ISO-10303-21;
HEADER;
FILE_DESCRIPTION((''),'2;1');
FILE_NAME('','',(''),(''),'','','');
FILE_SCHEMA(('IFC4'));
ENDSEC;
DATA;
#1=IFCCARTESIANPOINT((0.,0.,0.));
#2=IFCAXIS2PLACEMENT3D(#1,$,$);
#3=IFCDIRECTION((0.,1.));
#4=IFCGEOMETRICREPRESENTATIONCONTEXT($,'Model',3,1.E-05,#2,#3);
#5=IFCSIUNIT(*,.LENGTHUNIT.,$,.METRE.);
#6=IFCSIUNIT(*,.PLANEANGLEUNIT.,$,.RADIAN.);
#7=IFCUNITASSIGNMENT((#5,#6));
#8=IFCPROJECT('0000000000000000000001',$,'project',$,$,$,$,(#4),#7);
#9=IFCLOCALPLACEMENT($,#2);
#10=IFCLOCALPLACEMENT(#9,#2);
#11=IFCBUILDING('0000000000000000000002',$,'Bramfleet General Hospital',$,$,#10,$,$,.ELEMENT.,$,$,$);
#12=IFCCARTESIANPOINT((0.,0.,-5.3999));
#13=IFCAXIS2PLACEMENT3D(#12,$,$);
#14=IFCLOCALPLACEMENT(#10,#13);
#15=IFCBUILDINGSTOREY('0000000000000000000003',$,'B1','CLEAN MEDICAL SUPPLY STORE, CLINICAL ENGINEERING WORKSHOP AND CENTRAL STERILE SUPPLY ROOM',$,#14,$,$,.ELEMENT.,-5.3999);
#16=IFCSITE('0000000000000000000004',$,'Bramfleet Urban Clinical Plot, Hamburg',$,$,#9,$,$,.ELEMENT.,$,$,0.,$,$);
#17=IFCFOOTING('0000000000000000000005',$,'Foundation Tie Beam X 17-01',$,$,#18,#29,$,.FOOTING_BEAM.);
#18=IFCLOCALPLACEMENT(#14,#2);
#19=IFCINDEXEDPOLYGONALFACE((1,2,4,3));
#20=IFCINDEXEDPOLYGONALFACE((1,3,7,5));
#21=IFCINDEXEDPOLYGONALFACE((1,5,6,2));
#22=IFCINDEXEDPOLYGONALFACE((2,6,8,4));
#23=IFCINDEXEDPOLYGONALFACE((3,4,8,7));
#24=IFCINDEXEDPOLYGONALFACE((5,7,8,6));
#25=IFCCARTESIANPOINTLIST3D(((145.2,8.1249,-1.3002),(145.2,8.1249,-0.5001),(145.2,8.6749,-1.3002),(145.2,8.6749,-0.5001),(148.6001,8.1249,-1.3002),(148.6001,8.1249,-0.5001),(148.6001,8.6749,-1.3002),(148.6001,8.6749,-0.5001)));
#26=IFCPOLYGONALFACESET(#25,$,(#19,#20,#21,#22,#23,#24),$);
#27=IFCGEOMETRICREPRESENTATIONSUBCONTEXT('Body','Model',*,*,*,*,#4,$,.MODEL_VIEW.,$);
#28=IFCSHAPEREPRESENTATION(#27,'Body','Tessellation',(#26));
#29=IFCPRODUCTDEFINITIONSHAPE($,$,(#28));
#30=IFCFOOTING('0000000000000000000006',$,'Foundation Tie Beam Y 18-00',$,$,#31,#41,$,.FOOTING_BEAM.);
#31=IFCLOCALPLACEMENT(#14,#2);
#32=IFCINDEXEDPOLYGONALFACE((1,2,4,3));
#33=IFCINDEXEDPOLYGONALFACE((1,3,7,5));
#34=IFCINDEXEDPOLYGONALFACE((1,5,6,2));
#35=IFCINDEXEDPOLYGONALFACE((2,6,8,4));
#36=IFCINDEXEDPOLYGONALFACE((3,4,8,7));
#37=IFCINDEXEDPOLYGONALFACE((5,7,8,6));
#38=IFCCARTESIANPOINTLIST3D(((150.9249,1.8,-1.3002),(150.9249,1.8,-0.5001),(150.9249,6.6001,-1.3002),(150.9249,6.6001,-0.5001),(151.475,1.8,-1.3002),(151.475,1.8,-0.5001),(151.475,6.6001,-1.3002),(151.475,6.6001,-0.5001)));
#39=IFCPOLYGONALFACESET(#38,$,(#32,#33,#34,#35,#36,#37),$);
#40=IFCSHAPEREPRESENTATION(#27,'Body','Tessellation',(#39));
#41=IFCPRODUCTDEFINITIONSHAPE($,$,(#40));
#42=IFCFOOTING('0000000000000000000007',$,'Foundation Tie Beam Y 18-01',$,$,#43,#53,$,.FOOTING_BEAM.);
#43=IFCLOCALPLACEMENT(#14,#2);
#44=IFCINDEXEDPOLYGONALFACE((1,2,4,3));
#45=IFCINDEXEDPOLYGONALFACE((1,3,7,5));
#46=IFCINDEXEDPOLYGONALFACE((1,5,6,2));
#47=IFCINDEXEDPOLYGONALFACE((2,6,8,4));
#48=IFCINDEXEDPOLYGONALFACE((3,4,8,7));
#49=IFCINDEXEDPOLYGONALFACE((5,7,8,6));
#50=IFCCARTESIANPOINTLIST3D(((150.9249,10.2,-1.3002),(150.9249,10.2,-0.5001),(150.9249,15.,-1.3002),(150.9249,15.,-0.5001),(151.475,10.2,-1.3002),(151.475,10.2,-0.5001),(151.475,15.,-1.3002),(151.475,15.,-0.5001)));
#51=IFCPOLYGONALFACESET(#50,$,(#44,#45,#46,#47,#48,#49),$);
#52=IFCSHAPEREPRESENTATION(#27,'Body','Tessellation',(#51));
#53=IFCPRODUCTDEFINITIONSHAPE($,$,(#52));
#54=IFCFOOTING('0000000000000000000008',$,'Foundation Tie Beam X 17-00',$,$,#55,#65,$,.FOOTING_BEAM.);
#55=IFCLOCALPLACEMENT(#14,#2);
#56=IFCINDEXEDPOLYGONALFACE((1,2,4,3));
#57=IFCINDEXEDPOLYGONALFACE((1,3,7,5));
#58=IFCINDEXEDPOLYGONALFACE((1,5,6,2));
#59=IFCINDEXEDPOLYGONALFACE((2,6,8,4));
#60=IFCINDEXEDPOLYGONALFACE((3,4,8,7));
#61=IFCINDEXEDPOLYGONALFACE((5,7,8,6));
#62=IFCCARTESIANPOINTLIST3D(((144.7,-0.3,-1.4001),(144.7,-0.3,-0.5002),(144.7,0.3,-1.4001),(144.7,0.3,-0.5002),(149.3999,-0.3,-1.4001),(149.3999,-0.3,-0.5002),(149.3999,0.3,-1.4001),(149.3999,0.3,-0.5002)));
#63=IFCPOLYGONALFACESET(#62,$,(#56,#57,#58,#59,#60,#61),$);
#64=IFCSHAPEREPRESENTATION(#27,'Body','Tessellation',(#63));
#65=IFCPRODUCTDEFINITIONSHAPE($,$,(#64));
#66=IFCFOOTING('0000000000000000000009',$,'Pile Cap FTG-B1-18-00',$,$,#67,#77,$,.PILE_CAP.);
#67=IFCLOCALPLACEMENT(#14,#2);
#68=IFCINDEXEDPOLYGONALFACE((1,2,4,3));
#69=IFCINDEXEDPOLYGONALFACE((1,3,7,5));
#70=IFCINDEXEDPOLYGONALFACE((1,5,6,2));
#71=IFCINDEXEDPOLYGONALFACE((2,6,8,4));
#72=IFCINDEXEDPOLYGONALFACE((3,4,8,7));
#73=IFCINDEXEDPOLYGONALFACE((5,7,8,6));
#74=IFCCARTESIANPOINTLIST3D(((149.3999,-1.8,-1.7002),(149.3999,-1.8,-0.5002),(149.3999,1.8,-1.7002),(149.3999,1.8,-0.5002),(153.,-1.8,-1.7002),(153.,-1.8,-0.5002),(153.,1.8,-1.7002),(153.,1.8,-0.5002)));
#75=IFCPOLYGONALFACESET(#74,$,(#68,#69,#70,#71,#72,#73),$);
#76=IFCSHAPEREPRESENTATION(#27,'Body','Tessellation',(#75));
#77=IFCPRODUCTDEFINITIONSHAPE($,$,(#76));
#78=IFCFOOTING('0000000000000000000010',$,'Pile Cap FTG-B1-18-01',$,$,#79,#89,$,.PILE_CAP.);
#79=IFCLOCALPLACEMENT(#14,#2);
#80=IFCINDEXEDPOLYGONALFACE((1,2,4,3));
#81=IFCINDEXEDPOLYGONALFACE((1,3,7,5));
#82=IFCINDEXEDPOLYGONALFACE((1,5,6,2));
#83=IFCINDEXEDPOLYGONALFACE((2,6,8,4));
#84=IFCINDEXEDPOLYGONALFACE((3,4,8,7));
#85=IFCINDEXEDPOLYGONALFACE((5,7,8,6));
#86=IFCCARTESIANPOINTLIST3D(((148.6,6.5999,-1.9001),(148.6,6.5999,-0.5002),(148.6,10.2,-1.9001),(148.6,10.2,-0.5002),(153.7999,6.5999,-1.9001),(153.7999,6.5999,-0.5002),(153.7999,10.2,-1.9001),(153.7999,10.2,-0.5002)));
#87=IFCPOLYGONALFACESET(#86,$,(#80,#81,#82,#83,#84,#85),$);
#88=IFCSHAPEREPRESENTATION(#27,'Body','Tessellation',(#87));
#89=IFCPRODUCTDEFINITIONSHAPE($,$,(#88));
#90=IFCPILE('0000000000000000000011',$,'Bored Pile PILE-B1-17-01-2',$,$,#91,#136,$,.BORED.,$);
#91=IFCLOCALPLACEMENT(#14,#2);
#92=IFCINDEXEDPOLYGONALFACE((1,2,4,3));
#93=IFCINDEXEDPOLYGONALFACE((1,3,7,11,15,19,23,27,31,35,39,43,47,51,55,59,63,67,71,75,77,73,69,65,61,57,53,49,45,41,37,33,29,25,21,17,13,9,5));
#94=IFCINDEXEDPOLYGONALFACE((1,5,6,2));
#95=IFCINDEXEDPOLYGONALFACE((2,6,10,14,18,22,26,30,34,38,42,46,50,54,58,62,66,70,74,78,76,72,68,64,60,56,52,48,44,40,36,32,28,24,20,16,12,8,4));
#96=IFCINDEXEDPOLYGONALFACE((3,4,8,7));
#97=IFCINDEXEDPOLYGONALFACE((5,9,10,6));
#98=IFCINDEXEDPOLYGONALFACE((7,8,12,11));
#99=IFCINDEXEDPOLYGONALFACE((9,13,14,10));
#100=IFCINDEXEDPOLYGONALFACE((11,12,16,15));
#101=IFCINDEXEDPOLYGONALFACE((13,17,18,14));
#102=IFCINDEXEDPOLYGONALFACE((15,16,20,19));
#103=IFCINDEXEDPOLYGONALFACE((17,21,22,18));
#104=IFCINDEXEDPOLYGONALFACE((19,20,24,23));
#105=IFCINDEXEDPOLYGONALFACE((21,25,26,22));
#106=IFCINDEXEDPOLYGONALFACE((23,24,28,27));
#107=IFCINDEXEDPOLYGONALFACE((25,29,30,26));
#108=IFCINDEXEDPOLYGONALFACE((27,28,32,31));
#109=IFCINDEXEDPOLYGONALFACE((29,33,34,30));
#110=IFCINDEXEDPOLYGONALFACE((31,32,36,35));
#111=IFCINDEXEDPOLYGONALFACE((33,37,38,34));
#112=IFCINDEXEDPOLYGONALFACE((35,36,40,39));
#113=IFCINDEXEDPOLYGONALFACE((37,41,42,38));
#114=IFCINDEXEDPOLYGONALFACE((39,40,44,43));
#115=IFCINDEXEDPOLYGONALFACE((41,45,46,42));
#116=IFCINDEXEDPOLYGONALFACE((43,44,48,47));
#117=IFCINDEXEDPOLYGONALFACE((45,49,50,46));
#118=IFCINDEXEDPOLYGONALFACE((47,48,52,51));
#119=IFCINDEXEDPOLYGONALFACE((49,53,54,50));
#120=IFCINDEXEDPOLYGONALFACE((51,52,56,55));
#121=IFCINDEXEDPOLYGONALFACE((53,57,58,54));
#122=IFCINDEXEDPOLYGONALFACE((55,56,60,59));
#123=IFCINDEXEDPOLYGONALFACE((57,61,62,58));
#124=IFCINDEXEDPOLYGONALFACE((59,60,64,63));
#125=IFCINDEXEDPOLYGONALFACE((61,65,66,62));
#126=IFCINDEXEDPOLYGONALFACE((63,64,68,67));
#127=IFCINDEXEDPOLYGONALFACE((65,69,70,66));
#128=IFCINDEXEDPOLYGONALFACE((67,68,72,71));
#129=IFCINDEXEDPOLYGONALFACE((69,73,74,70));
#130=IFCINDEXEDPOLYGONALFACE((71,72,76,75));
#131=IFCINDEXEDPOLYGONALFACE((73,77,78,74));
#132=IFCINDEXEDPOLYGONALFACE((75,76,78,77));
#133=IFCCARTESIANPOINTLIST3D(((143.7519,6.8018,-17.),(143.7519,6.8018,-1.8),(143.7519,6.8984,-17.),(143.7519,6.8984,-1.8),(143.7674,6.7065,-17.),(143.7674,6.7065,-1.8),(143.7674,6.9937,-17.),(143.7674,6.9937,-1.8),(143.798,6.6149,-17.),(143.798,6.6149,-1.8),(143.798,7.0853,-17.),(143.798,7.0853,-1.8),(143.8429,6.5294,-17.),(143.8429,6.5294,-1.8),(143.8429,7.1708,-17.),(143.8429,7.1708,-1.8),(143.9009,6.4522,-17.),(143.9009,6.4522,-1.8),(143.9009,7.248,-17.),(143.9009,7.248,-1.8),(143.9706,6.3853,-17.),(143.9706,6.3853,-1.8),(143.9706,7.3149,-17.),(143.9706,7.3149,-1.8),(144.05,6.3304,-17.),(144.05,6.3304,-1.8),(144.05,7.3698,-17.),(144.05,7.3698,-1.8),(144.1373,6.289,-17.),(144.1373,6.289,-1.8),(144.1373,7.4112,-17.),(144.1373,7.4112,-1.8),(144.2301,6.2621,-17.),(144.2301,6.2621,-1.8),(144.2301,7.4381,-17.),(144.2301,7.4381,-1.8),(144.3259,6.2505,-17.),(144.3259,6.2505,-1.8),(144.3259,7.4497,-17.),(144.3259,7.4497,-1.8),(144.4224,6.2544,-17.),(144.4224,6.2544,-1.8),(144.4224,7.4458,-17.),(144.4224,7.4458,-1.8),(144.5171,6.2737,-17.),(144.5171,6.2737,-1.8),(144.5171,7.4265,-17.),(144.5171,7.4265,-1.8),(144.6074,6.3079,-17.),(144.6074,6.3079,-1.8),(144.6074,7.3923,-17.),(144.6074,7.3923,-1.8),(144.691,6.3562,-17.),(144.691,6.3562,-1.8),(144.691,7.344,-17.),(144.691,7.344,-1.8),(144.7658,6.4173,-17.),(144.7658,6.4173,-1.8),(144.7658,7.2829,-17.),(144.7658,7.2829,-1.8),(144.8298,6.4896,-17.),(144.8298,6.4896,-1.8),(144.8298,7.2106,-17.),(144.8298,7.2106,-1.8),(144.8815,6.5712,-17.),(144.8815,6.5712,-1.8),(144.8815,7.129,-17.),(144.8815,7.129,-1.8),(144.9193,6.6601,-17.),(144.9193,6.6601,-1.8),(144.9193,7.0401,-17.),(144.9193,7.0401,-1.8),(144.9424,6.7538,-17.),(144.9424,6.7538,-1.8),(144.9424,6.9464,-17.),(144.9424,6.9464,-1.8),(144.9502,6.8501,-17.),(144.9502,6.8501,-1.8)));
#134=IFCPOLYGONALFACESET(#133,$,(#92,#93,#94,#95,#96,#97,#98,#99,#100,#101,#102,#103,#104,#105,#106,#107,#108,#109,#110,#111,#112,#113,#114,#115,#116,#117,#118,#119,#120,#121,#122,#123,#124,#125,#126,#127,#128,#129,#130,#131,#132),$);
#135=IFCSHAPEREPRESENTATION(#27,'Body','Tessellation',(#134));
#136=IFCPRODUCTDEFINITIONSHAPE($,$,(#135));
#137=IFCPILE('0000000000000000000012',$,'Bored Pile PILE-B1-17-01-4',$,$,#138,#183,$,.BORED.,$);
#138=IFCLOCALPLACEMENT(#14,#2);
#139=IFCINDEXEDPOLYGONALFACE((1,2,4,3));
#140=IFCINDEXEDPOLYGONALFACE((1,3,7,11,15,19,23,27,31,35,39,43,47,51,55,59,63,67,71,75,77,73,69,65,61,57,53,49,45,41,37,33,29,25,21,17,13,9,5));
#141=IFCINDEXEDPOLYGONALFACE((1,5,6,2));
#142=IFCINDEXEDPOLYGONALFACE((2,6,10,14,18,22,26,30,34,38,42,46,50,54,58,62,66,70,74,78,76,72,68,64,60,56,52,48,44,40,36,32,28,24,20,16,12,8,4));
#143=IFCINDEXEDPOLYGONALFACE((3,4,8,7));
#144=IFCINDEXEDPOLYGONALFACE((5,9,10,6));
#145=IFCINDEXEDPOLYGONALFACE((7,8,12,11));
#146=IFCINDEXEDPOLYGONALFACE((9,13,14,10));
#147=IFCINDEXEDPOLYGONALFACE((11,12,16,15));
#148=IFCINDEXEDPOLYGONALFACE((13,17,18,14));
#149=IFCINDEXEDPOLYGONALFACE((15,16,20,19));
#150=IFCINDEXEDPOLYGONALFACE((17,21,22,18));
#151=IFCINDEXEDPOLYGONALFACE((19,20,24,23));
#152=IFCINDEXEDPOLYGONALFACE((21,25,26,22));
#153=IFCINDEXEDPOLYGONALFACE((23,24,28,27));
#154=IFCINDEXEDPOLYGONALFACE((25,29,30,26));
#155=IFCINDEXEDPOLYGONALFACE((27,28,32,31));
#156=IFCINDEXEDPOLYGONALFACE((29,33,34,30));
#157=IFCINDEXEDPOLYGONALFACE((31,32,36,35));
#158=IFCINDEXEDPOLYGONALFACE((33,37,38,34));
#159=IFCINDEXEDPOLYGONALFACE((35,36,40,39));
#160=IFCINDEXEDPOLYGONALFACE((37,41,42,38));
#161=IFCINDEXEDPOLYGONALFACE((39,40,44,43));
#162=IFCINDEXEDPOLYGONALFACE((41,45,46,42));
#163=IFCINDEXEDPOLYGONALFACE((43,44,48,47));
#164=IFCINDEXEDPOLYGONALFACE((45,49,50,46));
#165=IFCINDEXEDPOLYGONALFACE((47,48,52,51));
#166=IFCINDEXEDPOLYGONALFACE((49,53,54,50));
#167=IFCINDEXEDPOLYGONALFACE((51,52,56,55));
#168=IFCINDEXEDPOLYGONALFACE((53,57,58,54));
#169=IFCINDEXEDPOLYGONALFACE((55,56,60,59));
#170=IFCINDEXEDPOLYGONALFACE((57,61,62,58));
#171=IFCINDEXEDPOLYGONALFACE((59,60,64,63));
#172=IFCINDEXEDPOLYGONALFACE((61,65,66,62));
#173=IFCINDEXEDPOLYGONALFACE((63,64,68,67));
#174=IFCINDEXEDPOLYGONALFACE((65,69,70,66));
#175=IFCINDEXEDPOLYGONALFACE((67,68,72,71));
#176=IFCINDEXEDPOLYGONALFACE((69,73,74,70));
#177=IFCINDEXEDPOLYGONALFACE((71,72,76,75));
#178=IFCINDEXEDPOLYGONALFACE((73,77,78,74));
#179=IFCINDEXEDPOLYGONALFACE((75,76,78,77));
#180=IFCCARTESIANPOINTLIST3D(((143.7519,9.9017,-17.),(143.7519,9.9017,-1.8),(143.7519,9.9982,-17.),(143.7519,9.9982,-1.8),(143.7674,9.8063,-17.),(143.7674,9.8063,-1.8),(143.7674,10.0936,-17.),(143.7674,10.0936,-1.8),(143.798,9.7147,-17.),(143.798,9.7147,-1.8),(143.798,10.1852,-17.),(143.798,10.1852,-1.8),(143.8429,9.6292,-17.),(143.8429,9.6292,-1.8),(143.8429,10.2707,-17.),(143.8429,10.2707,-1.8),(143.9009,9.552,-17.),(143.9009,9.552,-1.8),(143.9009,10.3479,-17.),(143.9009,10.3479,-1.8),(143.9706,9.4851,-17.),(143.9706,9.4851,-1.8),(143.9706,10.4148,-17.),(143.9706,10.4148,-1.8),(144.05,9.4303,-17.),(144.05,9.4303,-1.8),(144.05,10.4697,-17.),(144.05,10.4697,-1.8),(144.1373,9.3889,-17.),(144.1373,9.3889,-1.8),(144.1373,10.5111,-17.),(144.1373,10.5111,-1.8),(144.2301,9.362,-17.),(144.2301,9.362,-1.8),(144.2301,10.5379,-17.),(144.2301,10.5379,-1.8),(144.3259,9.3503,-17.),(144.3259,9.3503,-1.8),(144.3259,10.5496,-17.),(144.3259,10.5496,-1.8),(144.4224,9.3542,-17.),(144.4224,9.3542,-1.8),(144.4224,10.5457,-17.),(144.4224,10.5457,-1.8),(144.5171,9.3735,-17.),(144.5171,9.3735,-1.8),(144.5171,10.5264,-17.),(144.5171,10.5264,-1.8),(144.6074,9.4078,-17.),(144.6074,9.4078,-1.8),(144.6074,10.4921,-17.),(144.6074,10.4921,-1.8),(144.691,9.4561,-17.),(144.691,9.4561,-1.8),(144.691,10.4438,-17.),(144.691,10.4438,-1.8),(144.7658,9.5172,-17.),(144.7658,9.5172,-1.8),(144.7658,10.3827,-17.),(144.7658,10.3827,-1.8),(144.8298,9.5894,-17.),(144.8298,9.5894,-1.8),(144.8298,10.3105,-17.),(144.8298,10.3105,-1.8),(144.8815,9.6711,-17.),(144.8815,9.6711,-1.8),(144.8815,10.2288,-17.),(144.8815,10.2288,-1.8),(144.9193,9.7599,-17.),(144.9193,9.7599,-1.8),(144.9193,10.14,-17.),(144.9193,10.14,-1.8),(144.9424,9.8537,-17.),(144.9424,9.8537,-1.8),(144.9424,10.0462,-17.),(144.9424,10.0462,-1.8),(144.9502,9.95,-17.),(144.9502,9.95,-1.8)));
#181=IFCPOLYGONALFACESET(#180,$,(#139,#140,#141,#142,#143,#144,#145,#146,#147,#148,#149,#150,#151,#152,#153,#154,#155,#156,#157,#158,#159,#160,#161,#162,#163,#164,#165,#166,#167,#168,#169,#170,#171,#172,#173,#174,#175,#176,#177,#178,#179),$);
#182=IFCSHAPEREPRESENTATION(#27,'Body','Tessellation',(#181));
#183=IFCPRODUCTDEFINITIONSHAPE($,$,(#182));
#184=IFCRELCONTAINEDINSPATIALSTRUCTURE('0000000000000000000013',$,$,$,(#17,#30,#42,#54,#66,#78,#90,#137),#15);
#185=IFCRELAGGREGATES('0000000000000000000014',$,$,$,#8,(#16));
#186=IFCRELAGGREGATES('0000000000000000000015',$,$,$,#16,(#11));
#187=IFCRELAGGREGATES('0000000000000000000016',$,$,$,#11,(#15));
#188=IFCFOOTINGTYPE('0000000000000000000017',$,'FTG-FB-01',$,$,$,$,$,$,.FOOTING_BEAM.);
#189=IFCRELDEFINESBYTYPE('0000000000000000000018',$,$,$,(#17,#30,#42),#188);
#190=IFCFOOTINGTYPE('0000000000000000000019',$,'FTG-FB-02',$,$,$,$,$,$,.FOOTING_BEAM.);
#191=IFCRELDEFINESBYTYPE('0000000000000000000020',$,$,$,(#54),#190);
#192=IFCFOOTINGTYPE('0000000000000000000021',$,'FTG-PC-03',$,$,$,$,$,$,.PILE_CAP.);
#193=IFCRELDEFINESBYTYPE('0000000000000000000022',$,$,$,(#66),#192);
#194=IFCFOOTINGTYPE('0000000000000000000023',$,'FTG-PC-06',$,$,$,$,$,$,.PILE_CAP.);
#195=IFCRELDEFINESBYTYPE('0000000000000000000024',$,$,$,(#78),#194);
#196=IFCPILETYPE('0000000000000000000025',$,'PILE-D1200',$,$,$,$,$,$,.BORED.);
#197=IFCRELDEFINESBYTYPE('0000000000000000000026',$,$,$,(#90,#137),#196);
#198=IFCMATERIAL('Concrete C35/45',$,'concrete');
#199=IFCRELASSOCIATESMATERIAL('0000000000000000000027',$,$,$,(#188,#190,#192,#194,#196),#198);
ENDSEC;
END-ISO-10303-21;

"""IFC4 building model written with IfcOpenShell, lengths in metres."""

from ifc_helpers import new_model, si_unit, direction, frame, origin, origin_2d, place, context, subcontext, project, spatial, rectangle, circle, extrude, material, material_profile, profile_set, type_object, element, save


model = new_model("IFC4")

# Units and contexts
model_context = context("Model", 3, precision=1e-05, world=origin(), true_north=direction((0.0, 1.0)))
body_context = subcontext(model_context, "Body", "Model", "MODEL_VIEW")
ifc_project = project(units=[si_unit("LENGTHUNIT", "METRE"), si_unit("PLANEANGLEUNIT", "RADIAN")], contexts=[model_context])

# Site, building, storey
site_placement = place(None, origin())
site = spatial("IfcSite", under=ifc_project, at=site_placement, Name="Bramfleet Urban Clinical Plot, Hamburg", CompositionType="ELEMENT", RefElevation=0.0)
building_placement = place(site_placement, origin())
building = spatial("IfcBuilding", under=site, at=building_placement, Name="Bramfleet General Hospital", CompositionType="ELEMENT")
storey_placement = place(building_placement, frame((0.0, 0.0, -5.3999)))
storey = spatial("IfcBuildingStorey", under=building, at=storey_placement, Name="B1", Description="CLEAN MEDICAL SUPPLY STORE, CLINICAL ENGINEERING WORKSHOP AND CENTRAL STERILE SUPPLY ROOM", CompositionType="ELEMENT", Elevation=-5.3999)

# Footings
ifc_material_1 = material(Name="Concrete C35/45", Category="concrete")
ifc_material_profile_1 = material_profile(ifc_material_1, rectangle(XDim=0.55, YDim=0.8, at=origin_2d()), Name="RC FB 800x550")
ifc_profile_set_1 = profile_set([ifc_material_profile_1], Name="Concrete C35/45")
footing_type_1 = type_object("IfcFootingType", Name="FTG-FB-01", PredefinedType="FOOTING_BEAM", material=ifc_profile_set_1)
footing_1_placement = place(storey_placement, frame((145.2, 8.3999, -0.9001), z_axis=(1.0, 0.0, 0.0), x_axis=(0.0, 1.0, 0.0)))
element("IfcFooting", 1, at=footing_1_placement, inside=storey, type_object=footing_type_1, Name="Foundation Tie Beam X 17-01", PredefinedType="FOOTING_BEAM", context=body_context, shape_type="SweptSolid", body=[
    extrude(rectangle(XDim=0.55, YDim=0.8, at=origin_2d()), origin(), (0.0, 0.0, 1.0), 3.4001),
])
for number, where, z_axis, x_axis, name in (
    (2, (151.2, 1.8, -0.9001), (0.0, 1.0, 0.0), (-1.0, 0.0, 0.0), "Foundation Tie Beam Y 18-00"),
    (3, (151.2, 10.2, -0.9001), (0.0, 1.0, 0.0), (-1.0, 0.0, 0.0), "Foundation Tie Beam Y 18-01"),
):
    element("IfcFooting", number, at=place(storey_placement, frame(where, z_axis=z_axis, x_axis=x_axis)), inside=storey, type_object=footing_type_1, Name=name, PredefinedType="FOOTING_BEAM", context=body_context, shape_type="SweptSolid", body=[
        extrude(rectangle(XDim=0.55, YDim=0.8, at=origin_2d()), origin(), (0.0, 0.0, 1.0), 4.8),
    ])
ifc_material_profile_2 = material_profile(ifc_material_1, rectangle(XDim=0.6001, YDim=0.8999, at=origin_2d()), Name="RC FB 900x600")
ifc_profile_set_2 = profile_set([ifc_material_profile_2], Name="Concrete C35/45")
footing_type_2 = type_object("IfcFootingType", Name="FTG-FB-02", PredefinedType="FOOTING_BEAM", material=ifc_profile_set_2)
footing_2_placement = place(storey_placement, frame((144.7, 0.0, -0.9502), z_axis=(1.0, 0.0, 0.0), x_axis=(0.0, 1.0, 0.0)))
element("IfcFooting", 4, at=footing_2_placement, inside=storey, type_object=footing_type_2, Name="Foundation Tie Beam X 17-00", PredefinedType="FOOTING_BEAM", context=body_context, shape_type="SweptSolid", body=[
    extrude(rectangle(XDim=0.6001, YDim=0.8999, at=origin_2d()), origin(), (0.0, 0.0, 1.0), 4.7),
])
footing_type_3 = type_object("IfcFootingType", Name="FTG-PC-03", PredefinedType="PILE_CAP", material=ifc_material_1)
footing_3_placement = place(storey_placement, frame((151.2, 0.0, -1.7002), z_axis=(0.0, 0.0, 1.0), x_axis=(1.0, 0.0, 0.0)))
element("IfcFooting", 5, at=footing_3_placement, inside=storey, type_object=footing_type_3, Name="Pile Cap FTG-B1-18-00", PredefinedType="PILE_CAP", context=body_context, shape_type="SweptSolid", body=[
    extrude(rectangle(XDim=3.6001, YDim=3.6001, at=origin_2d()), origin(), (0.0, 0.0, 1.0), 1.2),
])
footing_type_4 = type_object("IfcFootingType", Name="FTG-PC-06", PredefinedType="PILE_CAP", material=ifc_material_1)
footing_4_placement = place(storey_placement, frame((151.2, 8.3999, -1.9001), z_axis=(0.0, 0.0, 1.0), x_axis=(1.0, 0.0, 0.0)))
element("IfcFooting", 6, at=footing_4_placement, inside=storey, type_object=footing_type_4, Name="Pile Cap FTG-B1-18-01", PredefinedType="PILE_CAP", context=body_context, shape_type="SweptSolid", body=[
    extrude(rectangle(XDim=5.2, YDim=3.6001, at=origin_2d()), origin(), (0.0, 0.0, 1.0), 1.3999),
])

# Piles
ifc_material_profile_3 = material_profile(ifc_material_1, circle(Radius=0.6001, at=origin_2d()), Name="PILE BORED D1200")
ifc_profile_set_3 = profile_set([ifc_material_profile_3], Name="Concrete C35/45")
pile_type_1 = type_object("IfcPileType", Name="PILE-D1200", PredefinedType="BORED", material=ifc_profile_set_3)
for number, where, z_axis, x_axis, name in (
    (7, (144.3501, 6.8501, -1.8), (0.0, 0.0, -1.0), (1.0, 0.0, 0.0), "Bored Pile PILE-B1-17-01-2"),
    (8, (144.3501, 9.95, -1.8), (0.0, 0.0, -1.0), (1.0, 0.0, 0.0), "Bored Pile PILE-B1-17-01-4"),
):
    element("IfcPile", number, at=place(storey_placement, frame(where, z_axis=z_axis, x_axis=x_axis)), inside=storey, type_object=pile_type_1, Name=name, PredefinedType="BORED", context=body_context, shape_type="SweptSolid", body=[
        extrude(circle(Radius=0.6001, at=origin_2d()), origin(), (0.0, 0.0, 1.0), 15.2),
    ])

save(model, "model.ifc")
